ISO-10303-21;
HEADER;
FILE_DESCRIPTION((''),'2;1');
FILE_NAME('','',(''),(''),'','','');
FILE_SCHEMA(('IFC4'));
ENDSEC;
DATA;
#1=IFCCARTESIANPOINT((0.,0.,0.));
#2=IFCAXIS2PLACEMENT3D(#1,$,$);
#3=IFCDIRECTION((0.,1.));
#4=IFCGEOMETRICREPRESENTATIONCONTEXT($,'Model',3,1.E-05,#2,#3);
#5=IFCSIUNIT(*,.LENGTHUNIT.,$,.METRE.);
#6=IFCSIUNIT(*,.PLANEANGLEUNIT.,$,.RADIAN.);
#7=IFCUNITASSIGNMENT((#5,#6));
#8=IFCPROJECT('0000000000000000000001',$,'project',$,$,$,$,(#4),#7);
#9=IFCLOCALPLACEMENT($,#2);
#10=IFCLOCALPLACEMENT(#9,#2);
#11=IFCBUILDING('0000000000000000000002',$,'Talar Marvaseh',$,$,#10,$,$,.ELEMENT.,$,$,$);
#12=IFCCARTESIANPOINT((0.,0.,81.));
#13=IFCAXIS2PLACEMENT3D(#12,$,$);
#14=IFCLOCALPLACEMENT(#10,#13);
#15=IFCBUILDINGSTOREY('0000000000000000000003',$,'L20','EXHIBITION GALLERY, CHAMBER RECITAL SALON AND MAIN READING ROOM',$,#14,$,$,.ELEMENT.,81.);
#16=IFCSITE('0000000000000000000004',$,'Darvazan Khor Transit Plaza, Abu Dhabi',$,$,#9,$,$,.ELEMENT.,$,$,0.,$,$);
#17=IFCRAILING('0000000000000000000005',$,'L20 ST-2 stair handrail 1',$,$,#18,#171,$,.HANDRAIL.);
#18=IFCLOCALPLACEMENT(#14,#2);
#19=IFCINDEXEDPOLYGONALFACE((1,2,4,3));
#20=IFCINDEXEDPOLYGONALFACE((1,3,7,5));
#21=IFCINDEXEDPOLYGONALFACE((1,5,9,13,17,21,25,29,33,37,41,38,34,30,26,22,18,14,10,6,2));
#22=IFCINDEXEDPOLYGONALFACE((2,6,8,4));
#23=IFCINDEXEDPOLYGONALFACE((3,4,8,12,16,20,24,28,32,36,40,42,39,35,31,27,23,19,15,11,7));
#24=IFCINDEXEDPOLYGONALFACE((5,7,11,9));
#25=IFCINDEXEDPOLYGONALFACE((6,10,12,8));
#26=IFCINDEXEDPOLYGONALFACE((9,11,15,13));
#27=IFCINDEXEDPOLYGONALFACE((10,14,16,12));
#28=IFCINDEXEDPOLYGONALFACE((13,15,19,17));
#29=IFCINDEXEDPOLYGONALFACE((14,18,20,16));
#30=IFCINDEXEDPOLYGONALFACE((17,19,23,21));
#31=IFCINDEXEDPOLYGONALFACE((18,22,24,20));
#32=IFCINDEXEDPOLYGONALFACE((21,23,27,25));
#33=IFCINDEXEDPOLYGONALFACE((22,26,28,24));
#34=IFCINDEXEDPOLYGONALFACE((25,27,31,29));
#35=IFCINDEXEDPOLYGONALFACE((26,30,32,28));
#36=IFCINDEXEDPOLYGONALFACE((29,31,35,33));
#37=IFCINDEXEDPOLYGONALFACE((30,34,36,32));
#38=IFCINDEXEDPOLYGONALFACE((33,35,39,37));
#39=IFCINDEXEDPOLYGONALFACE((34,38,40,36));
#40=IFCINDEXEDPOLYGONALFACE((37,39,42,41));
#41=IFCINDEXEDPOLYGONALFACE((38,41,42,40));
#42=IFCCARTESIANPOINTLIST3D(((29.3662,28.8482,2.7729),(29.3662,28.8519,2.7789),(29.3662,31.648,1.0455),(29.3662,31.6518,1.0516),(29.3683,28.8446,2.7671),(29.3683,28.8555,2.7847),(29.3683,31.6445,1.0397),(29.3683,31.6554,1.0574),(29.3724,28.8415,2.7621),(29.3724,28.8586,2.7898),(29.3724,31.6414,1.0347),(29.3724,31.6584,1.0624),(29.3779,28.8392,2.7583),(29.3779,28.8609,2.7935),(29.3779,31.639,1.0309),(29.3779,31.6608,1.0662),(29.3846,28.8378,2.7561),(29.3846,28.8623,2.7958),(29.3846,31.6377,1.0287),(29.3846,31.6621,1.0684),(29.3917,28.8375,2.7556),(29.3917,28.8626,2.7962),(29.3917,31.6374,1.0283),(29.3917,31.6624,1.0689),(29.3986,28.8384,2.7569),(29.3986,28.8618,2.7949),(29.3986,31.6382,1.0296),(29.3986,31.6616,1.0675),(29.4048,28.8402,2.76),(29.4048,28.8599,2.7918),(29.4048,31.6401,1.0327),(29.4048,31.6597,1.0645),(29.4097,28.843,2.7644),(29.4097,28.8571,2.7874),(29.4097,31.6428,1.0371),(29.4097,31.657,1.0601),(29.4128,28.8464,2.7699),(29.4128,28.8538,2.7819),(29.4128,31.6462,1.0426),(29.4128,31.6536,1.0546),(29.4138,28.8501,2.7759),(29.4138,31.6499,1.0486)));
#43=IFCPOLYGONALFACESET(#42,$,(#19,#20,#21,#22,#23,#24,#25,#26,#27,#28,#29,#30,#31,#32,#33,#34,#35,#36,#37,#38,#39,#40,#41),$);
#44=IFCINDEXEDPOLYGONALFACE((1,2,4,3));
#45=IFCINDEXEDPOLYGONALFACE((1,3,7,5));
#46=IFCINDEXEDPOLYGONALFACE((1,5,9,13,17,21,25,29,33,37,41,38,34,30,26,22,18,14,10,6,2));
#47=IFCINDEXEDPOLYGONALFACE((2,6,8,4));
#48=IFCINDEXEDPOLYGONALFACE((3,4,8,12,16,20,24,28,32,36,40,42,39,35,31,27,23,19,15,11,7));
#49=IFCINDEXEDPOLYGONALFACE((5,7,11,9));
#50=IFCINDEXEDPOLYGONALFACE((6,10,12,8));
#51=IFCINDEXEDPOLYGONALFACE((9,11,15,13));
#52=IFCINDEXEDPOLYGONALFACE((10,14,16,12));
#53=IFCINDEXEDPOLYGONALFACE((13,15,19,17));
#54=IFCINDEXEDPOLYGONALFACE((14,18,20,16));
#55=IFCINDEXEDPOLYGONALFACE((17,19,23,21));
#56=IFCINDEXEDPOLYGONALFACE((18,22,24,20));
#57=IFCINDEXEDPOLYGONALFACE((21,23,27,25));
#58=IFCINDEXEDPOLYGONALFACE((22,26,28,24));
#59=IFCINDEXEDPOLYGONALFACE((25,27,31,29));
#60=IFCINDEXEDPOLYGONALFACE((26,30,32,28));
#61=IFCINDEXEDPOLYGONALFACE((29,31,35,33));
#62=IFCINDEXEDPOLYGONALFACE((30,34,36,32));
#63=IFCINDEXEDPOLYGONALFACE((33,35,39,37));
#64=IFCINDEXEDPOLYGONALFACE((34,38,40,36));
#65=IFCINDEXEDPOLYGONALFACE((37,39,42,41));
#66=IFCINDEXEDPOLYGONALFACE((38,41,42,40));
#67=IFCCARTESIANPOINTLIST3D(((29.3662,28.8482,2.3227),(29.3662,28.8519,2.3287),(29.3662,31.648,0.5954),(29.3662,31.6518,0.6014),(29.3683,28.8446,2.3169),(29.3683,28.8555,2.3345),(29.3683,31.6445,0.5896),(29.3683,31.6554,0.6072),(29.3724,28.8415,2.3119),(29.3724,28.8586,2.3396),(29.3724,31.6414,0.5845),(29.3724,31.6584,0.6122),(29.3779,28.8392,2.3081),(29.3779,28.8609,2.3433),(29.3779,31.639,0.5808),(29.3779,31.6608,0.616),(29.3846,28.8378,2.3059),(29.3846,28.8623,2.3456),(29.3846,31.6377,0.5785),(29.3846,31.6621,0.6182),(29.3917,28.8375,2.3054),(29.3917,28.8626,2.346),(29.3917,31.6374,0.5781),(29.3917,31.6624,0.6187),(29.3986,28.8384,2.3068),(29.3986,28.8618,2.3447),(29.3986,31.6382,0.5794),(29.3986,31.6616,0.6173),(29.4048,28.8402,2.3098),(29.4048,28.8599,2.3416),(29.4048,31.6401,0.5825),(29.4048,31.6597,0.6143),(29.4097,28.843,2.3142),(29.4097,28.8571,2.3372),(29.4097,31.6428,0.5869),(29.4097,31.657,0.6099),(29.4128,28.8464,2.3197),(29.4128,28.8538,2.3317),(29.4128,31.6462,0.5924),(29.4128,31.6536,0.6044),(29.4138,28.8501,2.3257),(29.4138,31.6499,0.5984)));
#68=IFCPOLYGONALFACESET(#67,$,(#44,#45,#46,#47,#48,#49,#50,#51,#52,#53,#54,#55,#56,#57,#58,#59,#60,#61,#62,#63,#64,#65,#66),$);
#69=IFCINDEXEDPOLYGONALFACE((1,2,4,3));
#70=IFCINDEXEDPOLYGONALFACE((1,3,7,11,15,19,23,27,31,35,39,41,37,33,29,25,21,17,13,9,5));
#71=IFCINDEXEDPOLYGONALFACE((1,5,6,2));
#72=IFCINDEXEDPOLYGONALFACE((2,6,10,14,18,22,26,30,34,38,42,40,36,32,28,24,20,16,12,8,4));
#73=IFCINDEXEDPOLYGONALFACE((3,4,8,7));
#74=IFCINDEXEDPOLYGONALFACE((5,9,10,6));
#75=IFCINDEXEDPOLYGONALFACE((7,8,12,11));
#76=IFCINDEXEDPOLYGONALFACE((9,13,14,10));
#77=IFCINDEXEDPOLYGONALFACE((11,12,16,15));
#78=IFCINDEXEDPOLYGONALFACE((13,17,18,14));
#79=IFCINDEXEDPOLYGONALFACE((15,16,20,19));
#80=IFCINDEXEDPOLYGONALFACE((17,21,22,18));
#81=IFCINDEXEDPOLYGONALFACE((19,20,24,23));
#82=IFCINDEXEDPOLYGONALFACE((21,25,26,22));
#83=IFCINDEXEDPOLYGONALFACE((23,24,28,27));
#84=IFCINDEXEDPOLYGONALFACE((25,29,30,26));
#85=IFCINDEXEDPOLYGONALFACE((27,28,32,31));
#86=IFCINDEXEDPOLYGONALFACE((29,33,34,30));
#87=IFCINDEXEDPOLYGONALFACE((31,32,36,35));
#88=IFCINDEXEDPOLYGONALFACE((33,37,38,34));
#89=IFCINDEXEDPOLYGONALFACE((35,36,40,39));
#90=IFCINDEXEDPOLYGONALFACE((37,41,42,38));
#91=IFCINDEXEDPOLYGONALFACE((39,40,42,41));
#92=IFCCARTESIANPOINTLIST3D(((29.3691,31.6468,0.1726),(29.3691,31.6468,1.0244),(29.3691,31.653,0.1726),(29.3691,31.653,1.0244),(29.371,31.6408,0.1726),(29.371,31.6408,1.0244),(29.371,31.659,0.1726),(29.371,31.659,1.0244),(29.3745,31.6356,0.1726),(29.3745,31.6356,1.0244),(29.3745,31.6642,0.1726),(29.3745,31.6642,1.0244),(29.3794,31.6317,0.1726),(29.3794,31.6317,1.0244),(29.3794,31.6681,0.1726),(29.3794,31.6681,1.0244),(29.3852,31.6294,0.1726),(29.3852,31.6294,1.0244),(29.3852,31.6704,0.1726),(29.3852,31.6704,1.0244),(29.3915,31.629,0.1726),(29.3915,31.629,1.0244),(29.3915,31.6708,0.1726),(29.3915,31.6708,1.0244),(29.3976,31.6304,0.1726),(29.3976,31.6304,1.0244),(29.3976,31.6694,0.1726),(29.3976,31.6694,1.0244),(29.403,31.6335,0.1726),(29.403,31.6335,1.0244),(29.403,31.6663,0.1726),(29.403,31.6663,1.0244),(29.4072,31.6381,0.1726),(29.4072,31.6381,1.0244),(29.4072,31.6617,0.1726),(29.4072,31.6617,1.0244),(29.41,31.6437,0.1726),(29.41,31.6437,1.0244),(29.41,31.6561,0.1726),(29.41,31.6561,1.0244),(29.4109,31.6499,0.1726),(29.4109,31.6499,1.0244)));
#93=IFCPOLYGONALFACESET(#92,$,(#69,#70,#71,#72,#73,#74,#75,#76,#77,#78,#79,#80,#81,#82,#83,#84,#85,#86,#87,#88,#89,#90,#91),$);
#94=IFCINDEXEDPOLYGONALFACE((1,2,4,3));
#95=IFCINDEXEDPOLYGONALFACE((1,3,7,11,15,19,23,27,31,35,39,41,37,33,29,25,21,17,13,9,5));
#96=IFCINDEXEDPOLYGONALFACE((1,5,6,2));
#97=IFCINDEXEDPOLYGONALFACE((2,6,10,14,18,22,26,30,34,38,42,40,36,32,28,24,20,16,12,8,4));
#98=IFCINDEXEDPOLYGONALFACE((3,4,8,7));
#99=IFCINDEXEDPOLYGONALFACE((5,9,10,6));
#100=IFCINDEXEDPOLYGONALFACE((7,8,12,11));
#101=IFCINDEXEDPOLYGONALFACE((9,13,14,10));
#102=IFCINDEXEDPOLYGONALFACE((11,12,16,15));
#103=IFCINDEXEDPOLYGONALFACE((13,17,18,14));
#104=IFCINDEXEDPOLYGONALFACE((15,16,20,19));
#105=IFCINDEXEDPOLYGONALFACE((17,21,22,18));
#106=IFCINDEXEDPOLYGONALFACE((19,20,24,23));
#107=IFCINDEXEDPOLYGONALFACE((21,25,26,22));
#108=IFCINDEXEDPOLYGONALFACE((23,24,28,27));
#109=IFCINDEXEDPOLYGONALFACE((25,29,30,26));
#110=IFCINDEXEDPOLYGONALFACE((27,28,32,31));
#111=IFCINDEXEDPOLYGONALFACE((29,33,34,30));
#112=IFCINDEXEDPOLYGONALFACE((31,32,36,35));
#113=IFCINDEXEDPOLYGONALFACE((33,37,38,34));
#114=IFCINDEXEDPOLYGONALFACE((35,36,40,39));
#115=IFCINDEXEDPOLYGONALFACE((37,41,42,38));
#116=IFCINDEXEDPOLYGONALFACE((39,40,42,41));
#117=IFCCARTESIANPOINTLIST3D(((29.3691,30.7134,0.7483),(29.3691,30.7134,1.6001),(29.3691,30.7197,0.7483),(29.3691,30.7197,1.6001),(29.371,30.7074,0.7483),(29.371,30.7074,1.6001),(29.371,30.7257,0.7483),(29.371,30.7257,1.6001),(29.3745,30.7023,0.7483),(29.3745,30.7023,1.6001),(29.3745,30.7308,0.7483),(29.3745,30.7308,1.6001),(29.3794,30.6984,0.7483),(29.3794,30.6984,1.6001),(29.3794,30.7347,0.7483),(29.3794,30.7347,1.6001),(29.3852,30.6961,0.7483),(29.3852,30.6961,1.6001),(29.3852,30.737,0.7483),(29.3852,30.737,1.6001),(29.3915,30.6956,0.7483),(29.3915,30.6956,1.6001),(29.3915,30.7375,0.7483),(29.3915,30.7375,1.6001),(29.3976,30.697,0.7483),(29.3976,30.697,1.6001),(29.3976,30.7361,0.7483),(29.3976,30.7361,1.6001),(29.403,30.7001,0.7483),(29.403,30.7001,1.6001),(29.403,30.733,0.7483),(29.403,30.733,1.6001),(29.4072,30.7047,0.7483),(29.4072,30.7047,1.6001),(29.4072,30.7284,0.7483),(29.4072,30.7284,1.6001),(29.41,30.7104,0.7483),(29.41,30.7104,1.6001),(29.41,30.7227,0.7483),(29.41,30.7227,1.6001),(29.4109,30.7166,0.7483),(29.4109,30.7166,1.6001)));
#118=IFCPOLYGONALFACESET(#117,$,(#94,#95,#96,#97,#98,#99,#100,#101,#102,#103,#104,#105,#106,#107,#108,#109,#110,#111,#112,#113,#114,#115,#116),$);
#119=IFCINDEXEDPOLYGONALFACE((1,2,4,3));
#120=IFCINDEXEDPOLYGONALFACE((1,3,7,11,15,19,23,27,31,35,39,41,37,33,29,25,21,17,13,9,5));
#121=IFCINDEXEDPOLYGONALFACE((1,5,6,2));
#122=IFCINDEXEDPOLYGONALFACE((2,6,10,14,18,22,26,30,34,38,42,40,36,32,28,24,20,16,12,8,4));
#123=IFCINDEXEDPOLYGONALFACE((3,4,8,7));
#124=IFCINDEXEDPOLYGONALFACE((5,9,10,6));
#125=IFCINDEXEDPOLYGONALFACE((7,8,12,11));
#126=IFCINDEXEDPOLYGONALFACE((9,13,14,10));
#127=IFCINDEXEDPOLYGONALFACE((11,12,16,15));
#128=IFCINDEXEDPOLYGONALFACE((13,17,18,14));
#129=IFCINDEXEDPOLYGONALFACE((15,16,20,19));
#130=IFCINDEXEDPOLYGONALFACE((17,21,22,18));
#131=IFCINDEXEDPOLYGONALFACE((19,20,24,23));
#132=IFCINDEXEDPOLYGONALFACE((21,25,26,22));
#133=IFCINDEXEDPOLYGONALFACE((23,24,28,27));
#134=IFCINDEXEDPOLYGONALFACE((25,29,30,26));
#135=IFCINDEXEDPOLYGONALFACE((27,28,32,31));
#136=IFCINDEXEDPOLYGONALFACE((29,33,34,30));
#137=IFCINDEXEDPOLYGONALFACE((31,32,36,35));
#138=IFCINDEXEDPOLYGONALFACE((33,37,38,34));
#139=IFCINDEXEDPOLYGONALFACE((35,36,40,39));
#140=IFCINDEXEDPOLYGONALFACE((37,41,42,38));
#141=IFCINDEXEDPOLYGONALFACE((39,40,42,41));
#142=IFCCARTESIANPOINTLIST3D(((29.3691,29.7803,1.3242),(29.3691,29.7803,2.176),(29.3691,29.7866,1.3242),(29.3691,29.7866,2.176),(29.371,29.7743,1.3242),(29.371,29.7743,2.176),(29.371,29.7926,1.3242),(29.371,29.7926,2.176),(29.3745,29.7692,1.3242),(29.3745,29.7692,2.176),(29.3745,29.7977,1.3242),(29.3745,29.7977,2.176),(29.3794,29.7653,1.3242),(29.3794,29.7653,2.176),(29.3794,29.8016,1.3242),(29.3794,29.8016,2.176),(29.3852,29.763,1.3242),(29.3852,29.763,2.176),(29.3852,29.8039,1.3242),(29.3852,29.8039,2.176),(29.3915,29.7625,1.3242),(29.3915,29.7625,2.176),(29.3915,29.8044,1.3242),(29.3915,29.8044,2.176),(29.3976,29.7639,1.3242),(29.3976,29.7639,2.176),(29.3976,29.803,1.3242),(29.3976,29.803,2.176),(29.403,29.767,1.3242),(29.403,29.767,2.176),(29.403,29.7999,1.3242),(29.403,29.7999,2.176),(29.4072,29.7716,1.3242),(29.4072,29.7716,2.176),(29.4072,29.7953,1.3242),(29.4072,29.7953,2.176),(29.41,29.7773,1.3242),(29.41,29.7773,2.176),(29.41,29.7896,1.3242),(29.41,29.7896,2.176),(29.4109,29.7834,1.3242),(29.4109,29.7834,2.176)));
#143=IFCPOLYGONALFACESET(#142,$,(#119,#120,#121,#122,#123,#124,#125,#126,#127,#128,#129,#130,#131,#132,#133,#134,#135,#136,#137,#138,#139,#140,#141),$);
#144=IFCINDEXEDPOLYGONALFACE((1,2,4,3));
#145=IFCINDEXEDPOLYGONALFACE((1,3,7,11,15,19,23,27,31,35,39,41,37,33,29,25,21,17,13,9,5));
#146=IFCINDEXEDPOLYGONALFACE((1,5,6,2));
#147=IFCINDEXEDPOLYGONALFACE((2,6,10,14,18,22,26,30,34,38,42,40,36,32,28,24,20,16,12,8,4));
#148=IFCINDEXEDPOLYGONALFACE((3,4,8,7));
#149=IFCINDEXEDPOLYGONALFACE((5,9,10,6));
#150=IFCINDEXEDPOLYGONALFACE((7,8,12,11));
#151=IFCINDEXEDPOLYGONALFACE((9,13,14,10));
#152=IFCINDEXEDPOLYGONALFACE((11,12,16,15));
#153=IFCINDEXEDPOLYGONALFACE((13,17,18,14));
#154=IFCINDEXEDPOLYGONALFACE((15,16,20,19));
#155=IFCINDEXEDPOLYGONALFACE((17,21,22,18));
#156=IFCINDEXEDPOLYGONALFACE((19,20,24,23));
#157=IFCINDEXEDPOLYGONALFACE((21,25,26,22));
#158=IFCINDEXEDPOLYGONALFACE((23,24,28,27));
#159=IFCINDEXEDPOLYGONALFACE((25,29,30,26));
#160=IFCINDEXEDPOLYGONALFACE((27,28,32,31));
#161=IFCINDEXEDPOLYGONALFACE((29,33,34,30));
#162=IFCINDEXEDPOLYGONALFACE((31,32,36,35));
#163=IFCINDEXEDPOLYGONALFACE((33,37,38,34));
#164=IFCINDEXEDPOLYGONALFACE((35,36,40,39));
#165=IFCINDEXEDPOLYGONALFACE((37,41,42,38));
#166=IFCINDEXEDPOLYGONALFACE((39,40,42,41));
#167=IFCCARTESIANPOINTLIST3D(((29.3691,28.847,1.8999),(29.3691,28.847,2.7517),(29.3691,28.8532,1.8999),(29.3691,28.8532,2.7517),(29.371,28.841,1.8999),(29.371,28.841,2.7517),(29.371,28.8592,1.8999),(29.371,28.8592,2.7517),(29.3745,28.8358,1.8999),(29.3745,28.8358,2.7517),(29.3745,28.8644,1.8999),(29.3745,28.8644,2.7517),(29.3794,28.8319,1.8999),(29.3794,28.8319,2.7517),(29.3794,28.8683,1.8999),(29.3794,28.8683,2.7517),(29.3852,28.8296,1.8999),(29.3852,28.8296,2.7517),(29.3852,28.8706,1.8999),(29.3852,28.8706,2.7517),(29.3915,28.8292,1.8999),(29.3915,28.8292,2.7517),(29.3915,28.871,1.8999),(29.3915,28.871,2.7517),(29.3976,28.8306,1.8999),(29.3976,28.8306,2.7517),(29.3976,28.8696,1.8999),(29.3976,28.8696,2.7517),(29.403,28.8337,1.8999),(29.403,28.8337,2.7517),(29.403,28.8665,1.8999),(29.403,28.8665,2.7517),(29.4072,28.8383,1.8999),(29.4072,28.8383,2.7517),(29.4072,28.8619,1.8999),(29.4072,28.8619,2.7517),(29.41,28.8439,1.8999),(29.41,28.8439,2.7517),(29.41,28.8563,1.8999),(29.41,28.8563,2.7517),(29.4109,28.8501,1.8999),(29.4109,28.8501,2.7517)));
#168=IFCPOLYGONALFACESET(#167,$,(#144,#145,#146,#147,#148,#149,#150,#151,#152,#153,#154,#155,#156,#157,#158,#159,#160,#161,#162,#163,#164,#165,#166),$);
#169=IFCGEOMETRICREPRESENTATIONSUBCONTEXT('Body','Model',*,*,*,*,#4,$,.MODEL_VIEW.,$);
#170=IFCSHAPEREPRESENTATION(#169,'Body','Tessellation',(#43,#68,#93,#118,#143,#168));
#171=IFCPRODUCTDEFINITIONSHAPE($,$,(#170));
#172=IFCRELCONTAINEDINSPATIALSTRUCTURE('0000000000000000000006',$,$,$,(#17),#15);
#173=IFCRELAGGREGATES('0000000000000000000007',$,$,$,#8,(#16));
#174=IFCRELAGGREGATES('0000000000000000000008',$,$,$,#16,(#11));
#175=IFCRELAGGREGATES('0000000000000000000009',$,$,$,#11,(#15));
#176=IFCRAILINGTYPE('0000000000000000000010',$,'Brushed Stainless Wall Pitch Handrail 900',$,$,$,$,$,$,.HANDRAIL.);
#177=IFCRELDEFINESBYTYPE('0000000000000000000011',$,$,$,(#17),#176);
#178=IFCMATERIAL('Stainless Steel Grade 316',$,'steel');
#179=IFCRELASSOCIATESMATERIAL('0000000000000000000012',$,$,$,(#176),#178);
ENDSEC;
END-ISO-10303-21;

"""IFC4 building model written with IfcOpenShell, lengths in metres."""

from ifc_helpers import new_model, si_unit, direction, frame, origin, origin_2d, place, context, subcontext, project, spatial, circle, extrude, material, type_object, element, save


model = new_model("IFC4")

# Units and contexts
model_context = context("Model", 3, precision=1e-05, world=origin(), true_north=direction((0.0, 1.0)))
body_context = subcontext(model_context, "Body", "Model", "MODEL_VIEW")
ifc_project = project(units=[si_unit("LENGTHUNIT", "METRE"), si_unit("PLANEANGLEUNIT", "RADIAN")], contexts=[model_context])

# Site, building, storey
site_placement = place(None, origin())
site = spatial("IfcSite", under=ifc_project, at=site_placement, Name="Darvazan Khor Transit Plaza, Abu Dhabi", CompositionType="ELEMENT", RefElevation=0.0)
building_placement = place(site_placement, origin())
building = spatial("IfcBuilding", under=site, at=building_placement, Name="Talar Marvaseh", CompositionType="ELEMENT")
storey_placement = place(building_placement, frame((0.0, 0.0, 81.0)))
storey = spatial("IfcBuildingStorey", under=building, at=storey_placement, Name="L20", Description="EXHIBITION GALLERY, CHAMBER RECITAL SALON AND MAIN READING ROOM", CompositionType="ELEMENT", Elevation=81.0)

# Railing
ifc_material_1 = material(Name="Stainless Steel Grade 316", Category="steel")
railing_type_1 = type_object("IfcRailingType", Name="Brushed Stainless Wall Pitch Handrail 900", PredefinedType="HANDRAIL", material=ifc_material_1)
railing_1_placement = place(storey_placement, frame((29.3899, 31.6499, 0.1726)))
element("IfcRailing", 1, at=railing_1_placement, inside=storey, type_object=railing_type_1, Name="L20 ST-2 stair handrail 1", PredefinedType="HANDRAIL", context=body_context, shape_type="SweptSolid", body=[
    extrude(circle(Radius=0.0239, at=origin_2d()), frame((0.0, 0.0, 0.876), z_axis=(0.0, -0.851069, 0.525054), x_axis=(1.0, 0.0, 0.0)), (0.0, 0.0, 1.0), 3.2898),
    extrude(circle(Radius=0.0239, at=origin_2d()), frame((0.0, 0.0, 0.4258), z_axis=(0.0, -0.851069, 0.525054), x_axis=(1.0, 0.0, 0.0)), (0.0, 0.0, 1.0), 3.2898),
    extrude(circle(Radius=0.021, at=origin_2d()), origin(), (0.0, 0.0, 1.0), 0.8518),
    extrude(circle(Radius=0.021, at=origin_2d()), frame((0.0, -0.9333, 0.5757)), (0.0, 0.0, 1.0), 0.8518),
    extrude(circle(Radius=0.021, at=origin_2d()), frame((0.0, -1.8665, 1.1516)), (0.0, 0.0, 1.0), 0.8518),
    extrude(circle(Radius=0.021, at=origin_2d()), frame((0.0, -2.7998, 1.7273)), (0.0, 0.0, 1.0), 0.8518),
])

save(model, "model.ifc")
